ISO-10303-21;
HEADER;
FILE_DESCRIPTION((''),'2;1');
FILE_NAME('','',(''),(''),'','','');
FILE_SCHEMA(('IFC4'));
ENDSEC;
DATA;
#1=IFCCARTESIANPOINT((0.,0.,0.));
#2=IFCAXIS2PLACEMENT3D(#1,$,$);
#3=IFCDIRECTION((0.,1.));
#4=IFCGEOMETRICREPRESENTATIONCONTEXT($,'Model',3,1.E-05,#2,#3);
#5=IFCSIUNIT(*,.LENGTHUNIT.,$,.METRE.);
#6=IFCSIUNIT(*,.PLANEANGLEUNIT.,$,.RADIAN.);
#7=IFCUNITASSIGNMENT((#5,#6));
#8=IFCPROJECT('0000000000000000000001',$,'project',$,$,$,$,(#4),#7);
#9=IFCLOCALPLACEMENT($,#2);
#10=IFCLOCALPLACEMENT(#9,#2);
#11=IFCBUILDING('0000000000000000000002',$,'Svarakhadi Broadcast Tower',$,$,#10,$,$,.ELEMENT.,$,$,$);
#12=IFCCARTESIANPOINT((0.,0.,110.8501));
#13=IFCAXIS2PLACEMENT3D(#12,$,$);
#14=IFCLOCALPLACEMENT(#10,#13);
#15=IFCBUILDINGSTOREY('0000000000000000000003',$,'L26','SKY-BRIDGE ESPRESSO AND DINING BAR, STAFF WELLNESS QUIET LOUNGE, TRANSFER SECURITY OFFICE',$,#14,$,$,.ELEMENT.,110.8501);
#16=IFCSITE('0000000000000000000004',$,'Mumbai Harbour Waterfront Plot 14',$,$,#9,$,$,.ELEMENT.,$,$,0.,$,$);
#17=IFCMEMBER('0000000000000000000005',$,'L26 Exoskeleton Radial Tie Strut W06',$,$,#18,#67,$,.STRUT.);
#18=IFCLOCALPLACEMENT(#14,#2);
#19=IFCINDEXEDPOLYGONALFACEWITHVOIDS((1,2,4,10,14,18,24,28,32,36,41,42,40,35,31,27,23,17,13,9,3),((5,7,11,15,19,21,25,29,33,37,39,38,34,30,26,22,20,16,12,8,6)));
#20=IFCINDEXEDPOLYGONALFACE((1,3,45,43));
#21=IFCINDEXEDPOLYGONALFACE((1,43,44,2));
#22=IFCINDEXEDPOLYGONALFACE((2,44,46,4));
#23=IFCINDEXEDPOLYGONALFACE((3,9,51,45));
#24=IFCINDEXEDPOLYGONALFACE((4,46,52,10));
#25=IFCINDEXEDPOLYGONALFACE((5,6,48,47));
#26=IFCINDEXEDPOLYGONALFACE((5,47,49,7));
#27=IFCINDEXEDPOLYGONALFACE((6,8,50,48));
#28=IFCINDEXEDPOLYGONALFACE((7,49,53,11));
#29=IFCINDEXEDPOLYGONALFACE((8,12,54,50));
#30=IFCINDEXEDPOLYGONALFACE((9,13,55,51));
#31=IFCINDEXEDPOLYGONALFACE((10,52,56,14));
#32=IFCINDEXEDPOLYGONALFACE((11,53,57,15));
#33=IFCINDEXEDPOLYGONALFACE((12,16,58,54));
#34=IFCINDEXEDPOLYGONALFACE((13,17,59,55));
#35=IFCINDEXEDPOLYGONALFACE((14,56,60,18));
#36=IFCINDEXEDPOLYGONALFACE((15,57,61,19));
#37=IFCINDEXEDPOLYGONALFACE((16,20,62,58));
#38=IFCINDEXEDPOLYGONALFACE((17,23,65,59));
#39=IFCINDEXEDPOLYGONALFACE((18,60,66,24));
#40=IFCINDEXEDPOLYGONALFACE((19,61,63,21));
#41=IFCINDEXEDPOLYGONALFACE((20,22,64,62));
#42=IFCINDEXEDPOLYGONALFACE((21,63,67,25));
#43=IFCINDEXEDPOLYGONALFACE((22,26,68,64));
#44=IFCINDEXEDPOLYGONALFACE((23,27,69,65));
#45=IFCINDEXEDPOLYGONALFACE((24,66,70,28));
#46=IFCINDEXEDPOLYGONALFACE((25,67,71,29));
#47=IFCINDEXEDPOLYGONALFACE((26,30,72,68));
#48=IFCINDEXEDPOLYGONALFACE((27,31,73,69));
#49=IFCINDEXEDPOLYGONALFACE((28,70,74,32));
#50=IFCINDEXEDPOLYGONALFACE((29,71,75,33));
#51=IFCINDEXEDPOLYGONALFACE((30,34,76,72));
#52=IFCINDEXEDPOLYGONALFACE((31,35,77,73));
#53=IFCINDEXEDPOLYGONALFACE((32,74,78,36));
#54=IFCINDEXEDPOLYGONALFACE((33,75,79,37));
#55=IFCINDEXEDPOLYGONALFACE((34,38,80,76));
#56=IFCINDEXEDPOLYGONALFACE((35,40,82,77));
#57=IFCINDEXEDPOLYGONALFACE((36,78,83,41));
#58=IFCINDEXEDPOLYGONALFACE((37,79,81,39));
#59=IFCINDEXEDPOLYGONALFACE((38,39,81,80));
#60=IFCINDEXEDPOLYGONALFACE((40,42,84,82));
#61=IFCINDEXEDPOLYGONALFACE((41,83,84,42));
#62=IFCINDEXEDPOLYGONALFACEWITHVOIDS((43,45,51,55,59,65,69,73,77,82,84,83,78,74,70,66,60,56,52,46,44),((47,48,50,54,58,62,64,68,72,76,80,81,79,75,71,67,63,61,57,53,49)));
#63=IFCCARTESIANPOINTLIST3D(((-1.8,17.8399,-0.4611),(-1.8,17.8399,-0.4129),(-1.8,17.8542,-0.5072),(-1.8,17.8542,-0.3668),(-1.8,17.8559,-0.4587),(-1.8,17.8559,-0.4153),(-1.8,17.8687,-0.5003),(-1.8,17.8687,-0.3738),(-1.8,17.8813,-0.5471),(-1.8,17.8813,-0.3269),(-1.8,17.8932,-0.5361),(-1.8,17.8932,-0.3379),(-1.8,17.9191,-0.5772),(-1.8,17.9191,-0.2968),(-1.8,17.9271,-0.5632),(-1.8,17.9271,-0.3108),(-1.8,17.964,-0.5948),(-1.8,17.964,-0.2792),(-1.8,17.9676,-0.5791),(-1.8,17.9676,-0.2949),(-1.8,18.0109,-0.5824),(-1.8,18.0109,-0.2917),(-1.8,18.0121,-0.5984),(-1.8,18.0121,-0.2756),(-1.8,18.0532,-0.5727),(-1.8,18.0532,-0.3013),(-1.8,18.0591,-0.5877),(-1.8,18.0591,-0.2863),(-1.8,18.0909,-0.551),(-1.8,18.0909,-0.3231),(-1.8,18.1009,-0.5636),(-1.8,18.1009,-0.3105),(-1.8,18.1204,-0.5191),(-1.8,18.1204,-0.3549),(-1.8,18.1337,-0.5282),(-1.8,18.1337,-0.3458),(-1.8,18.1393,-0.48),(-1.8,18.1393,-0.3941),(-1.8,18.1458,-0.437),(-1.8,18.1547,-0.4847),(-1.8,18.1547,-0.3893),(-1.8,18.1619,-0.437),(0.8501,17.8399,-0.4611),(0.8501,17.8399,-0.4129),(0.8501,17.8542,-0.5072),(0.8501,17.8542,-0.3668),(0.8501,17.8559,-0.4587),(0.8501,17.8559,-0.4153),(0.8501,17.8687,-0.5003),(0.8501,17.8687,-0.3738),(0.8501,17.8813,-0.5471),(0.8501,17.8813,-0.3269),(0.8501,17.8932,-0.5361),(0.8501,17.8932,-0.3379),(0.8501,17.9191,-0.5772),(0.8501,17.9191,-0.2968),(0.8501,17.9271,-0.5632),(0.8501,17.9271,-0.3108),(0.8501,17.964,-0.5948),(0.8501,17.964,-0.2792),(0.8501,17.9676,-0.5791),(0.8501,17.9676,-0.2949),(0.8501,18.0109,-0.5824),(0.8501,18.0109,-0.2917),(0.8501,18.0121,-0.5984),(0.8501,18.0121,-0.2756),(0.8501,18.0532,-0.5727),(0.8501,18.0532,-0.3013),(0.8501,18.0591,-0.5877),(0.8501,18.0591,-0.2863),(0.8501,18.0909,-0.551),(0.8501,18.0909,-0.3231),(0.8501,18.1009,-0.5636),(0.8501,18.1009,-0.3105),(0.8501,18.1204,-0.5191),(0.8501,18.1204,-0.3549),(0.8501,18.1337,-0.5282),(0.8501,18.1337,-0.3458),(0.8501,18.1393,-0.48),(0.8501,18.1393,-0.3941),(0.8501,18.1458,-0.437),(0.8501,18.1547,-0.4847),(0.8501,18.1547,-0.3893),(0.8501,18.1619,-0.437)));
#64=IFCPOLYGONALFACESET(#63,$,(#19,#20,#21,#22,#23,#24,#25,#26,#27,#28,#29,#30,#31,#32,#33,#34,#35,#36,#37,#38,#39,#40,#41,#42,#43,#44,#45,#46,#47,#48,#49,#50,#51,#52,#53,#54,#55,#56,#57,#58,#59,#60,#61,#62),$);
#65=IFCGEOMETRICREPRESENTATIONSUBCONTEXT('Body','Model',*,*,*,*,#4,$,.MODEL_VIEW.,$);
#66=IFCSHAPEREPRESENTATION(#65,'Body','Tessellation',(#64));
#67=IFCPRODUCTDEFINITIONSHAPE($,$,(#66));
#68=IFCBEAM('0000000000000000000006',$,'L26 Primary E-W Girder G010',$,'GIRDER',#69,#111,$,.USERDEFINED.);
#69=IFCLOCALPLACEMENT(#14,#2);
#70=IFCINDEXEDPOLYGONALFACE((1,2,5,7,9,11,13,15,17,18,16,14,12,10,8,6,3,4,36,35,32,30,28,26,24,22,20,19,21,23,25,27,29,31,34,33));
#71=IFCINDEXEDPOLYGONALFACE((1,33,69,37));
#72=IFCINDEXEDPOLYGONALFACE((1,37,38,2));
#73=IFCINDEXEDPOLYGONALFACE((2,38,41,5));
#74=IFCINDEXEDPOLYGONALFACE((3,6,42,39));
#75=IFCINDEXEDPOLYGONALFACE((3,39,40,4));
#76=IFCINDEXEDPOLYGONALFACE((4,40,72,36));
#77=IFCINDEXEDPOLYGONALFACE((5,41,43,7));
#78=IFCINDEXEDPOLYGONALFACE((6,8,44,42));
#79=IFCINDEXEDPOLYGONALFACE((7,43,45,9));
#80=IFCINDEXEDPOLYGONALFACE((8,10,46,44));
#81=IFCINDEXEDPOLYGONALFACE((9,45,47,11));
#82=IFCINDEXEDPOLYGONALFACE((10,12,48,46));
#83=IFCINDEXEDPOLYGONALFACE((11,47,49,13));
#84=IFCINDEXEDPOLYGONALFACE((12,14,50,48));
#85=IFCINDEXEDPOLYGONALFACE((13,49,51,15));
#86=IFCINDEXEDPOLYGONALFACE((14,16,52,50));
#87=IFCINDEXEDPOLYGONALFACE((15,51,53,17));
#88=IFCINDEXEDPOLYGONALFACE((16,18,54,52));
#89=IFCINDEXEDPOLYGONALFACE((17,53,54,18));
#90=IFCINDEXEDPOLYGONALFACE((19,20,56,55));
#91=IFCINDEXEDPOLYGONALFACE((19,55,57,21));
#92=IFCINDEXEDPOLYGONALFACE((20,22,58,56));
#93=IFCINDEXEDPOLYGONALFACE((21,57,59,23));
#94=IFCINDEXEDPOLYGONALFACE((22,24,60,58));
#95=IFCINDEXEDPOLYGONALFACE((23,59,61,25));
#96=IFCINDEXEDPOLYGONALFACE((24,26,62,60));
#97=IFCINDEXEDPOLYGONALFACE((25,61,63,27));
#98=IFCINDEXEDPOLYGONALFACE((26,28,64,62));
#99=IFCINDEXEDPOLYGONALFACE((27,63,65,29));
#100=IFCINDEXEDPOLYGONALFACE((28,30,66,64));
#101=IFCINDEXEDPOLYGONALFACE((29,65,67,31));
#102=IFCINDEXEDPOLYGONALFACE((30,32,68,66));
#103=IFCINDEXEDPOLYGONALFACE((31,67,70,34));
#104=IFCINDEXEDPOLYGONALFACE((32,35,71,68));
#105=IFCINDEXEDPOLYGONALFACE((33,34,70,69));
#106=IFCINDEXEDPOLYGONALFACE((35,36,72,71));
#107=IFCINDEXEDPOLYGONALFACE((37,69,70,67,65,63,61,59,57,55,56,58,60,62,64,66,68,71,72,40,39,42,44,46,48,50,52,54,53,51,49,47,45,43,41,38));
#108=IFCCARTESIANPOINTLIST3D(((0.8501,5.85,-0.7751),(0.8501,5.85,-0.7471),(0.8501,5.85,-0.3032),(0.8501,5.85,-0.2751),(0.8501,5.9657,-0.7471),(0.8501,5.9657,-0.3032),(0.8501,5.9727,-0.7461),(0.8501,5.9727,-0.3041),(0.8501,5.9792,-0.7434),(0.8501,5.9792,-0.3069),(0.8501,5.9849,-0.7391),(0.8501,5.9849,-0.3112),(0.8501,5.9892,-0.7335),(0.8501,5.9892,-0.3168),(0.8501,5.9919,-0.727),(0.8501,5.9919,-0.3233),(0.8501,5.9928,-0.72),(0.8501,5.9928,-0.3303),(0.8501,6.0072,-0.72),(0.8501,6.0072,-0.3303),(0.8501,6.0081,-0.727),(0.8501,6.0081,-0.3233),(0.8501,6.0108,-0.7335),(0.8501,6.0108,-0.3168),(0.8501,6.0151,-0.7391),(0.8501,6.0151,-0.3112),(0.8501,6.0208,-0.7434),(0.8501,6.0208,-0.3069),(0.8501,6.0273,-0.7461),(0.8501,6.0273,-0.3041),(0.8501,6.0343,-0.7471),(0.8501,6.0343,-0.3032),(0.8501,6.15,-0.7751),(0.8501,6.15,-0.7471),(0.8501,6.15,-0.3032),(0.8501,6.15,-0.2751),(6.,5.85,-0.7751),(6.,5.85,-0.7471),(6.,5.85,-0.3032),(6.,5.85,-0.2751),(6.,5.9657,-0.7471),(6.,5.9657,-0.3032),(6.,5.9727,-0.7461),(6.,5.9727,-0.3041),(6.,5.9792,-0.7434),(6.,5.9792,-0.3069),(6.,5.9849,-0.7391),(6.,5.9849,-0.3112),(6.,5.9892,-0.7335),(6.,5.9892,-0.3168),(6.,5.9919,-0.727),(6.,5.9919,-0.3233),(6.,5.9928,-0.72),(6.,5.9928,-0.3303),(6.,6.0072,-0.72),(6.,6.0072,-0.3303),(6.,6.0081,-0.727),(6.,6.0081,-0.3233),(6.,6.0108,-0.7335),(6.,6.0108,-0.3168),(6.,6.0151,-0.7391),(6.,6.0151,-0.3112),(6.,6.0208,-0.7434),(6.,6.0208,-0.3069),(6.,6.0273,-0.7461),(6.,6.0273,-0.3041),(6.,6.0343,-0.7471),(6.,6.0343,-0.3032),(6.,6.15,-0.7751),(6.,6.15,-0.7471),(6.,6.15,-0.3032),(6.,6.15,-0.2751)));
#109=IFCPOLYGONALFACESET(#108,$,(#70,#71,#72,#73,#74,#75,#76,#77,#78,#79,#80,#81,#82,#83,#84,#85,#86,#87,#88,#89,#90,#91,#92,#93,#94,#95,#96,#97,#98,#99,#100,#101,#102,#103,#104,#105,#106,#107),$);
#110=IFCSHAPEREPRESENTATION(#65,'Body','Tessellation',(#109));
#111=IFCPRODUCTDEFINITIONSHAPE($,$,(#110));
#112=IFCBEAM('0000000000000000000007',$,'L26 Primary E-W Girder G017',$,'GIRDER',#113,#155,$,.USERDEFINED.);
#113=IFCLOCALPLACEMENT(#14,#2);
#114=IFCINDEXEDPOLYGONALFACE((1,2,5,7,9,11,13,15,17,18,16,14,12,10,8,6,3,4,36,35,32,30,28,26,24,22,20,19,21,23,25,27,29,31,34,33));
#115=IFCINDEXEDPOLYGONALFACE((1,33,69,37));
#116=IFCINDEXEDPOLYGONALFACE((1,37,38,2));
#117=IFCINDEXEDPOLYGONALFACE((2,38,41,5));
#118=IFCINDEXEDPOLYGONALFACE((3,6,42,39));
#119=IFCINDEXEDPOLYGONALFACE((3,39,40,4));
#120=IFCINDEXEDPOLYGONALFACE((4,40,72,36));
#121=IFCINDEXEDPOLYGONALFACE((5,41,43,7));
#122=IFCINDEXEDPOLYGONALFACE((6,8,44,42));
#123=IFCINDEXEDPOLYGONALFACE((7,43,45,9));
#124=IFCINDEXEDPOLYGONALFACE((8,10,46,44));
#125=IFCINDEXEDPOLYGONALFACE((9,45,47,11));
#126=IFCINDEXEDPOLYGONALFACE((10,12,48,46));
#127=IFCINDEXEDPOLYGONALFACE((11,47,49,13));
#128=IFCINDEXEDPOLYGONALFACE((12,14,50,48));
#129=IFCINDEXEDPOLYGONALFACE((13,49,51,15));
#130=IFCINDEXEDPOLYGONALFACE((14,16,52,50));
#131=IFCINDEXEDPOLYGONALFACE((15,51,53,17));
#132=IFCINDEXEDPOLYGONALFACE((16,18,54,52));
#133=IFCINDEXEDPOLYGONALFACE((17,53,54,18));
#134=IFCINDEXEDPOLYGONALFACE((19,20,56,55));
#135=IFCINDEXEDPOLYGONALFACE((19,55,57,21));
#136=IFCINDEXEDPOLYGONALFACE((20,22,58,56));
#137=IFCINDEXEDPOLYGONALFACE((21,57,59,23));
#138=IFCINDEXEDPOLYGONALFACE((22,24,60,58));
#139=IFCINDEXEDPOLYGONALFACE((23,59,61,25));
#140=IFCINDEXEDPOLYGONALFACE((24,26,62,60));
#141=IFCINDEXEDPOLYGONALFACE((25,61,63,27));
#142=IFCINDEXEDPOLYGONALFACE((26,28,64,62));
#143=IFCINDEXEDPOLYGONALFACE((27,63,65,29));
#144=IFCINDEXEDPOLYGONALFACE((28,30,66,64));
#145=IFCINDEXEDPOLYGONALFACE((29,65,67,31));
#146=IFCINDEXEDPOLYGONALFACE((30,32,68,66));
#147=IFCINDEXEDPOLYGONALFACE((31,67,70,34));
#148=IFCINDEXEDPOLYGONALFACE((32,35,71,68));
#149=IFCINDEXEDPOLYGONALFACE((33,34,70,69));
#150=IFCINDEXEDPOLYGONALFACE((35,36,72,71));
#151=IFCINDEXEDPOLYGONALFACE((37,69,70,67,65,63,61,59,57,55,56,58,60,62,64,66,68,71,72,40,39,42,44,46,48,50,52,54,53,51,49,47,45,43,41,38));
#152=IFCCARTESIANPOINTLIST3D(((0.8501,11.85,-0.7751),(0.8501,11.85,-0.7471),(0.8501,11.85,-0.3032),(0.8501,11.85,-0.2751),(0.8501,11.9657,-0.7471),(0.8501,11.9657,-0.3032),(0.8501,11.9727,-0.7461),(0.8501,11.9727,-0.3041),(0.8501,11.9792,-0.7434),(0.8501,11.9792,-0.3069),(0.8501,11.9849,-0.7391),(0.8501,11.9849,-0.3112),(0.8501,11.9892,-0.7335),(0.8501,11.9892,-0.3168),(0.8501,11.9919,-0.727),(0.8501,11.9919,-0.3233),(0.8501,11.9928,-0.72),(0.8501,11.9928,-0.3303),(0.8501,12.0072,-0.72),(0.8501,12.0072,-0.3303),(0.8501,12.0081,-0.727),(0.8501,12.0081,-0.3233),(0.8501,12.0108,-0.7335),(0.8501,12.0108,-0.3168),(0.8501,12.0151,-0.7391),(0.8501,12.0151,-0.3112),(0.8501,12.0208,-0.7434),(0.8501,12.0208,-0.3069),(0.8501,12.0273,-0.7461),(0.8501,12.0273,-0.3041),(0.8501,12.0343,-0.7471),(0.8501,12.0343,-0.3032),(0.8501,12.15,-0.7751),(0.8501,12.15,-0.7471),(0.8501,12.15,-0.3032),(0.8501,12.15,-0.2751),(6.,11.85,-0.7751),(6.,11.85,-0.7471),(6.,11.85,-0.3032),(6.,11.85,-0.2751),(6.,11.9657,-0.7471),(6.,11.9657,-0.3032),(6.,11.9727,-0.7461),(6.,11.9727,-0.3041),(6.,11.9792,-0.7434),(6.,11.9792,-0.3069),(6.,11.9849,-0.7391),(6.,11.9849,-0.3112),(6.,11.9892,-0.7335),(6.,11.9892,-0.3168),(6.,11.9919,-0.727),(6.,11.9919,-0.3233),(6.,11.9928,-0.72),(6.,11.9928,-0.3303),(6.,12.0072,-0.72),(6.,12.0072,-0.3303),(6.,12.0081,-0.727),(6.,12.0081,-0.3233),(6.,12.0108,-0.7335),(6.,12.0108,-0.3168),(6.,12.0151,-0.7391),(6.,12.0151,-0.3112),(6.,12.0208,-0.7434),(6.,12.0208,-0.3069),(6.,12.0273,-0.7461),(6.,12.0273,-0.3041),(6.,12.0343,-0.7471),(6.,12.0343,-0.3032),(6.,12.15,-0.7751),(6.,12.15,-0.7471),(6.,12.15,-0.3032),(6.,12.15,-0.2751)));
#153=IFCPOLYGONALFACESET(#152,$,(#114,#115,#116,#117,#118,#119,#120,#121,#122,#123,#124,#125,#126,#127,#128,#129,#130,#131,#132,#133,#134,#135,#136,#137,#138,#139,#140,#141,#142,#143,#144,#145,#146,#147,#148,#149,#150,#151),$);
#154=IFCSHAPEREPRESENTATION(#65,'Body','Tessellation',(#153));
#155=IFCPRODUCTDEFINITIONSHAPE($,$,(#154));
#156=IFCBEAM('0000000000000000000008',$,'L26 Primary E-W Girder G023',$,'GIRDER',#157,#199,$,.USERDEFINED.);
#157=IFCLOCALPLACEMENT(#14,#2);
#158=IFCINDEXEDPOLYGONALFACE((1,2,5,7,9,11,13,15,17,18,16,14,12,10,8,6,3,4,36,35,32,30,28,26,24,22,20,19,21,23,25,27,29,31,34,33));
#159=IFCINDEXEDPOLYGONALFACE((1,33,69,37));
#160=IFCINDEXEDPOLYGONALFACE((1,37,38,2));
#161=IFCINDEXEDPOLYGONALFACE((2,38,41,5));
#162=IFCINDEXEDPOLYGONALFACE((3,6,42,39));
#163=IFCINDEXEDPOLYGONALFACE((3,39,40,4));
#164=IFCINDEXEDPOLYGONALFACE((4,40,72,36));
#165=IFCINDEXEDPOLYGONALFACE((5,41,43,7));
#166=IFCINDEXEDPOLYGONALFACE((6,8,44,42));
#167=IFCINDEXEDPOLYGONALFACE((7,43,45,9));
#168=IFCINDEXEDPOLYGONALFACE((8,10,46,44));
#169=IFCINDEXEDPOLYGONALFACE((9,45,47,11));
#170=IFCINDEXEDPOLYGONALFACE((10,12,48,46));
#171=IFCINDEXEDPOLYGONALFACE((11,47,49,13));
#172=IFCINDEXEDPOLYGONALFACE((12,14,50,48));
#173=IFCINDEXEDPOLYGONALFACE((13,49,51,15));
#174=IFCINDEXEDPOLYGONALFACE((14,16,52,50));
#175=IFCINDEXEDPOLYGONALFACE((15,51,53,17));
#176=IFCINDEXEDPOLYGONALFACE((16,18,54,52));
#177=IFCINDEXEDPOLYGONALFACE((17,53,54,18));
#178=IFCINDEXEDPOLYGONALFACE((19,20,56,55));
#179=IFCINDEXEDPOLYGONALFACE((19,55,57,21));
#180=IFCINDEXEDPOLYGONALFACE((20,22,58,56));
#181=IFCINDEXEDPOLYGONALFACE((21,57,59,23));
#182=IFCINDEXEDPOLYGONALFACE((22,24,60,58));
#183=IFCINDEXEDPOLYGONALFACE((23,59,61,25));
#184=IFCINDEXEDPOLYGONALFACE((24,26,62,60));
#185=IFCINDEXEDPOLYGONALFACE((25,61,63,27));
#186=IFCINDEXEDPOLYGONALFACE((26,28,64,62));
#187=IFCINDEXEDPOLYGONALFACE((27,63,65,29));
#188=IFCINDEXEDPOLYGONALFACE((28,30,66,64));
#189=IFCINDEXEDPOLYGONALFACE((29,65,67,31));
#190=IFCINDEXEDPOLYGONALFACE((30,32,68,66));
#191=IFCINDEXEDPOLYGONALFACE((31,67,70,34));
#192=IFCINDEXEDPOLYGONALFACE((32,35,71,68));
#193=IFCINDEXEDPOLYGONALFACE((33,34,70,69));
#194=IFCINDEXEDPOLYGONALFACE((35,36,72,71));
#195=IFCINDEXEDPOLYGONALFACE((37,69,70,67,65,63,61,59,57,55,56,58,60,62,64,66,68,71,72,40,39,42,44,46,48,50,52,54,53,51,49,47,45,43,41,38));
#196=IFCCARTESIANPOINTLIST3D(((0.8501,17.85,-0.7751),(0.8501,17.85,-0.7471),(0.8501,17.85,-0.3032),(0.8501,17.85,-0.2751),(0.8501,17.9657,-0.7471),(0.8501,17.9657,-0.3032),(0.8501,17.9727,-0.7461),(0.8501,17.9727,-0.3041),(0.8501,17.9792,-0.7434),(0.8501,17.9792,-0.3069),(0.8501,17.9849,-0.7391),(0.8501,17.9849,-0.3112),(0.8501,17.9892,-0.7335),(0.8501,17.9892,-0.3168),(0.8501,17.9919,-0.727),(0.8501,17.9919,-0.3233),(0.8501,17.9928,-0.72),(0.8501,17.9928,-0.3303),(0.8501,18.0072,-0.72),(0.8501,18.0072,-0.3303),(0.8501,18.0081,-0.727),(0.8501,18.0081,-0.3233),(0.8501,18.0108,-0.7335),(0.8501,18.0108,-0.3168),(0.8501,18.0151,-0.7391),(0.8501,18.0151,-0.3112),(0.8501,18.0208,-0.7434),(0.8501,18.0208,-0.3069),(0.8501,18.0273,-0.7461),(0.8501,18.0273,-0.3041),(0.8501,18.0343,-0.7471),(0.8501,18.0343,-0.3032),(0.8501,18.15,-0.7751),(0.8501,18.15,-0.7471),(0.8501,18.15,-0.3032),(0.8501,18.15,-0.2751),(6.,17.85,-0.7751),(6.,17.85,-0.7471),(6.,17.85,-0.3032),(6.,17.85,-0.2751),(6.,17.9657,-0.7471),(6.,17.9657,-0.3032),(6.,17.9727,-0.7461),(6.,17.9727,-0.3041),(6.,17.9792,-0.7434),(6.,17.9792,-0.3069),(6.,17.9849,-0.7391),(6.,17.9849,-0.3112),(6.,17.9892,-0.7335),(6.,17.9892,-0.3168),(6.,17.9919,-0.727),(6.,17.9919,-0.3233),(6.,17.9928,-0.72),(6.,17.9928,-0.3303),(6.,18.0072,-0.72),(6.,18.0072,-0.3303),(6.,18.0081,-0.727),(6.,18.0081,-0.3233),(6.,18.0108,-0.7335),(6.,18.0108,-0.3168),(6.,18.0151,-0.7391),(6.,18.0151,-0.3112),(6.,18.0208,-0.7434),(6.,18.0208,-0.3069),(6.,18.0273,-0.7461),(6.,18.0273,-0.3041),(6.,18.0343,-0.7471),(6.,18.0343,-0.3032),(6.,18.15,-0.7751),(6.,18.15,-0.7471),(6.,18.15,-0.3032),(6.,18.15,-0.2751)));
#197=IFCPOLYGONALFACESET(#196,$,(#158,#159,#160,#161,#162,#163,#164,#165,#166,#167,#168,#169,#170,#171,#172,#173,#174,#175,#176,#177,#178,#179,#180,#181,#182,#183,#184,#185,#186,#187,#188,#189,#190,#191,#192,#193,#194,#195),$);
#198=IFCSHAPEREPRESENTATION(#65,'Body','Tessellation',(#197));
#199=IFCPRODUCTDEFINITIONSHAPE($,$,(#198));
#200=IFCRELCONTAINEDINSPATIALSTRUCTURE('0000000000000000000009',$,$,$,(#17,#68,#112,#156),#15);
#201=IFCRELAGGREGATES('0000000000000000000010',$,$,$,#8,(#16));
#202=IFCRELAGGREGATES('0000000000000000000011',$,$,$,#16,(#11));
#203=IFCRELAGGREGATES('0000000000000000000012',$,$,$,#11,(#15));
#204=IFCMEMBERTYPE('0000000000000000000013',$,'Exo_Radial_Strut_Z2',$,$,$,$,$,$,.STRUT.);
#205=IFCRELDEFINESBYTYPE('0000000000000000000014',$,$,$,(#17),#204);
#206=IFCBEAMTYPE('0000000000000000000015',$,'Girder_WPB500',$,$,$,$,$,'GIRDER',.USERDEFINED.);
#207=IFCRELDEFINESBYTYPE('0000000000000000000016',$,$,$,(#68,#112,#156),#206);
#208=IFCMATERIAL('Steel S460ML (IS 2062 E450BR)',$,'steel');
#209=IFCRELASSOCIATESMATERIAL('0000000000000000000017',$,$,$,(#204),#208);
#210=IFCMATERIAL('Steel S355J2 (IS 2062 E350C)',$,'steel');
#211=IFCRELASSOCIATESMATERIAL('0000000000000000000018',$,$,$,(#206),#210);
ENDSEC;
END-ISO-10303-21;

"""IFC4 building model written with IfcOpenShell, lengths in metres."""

from ifc_helpers import new_model, si_unit, direction, frame, origin, origin_2d, place, context, subcontext, project, spatial, hollow_circle, i_section, extrude, material, material_profile, profile_set, type_object, element, save


model = new_model("IFC4")

# Units and contexts
model_context = context("Model", 3, precision=1e-05, world=origin(), true_north=direction((0.0, 1.0)))
body_context = subcontext(model_context, "Body", "Model", "MODEL_VIEW")
ifc_project = project(units=[si_unit("LENGTHUNIT", "METRE"), si_unit("PLANEANGLEUNIT", "RADIAN")], contexts=[model_context])

# Site, building, storey
site_placement = place(None, origin())
site = spatial("IfcSite", under=ifc_project, at=site_placement, Name="Mumbai Harbour Waterfront Plot 14", CompositionType="ELEMENT", RefElevation=0.0)
building_placement = place(site_placement, origin())
building = spatial("IfcBuilding", under=site, at=building_placement, Name="Svarakhadi Broadcast Tower", CompositionType="ELEMENT")
storey_placement = place(building_placement, frame((0.0, 0.0, 110.8501)))
storey = spatial("IfcBuildingStorey", under=building, at=storey_placement, Name="L26", Description="SKY-BRIDGE ESPRESSO AND DINING BAR, STAFF WELLNESS QUIET LOUNGE, TRANSFER SECURITY OFFICE", CompositionType="ELEMENT", Elevation=110.8501)

# Shared definitions
ifc_material_1 = material(Name="Steel S460ML (IS 2062 E450BR)", Category="steel")

# Shared definitions
ifc_material_2 = material(Name="Steel S355J2 (IS 2062 E350C)", Category="steel")

# Member
ifc_material_profile_1 = material_profile(ifc_material_1, hollow_circle(Radius=0.1619, WallThickness=0.0161, at=origin_2d()), Name="CHS 323.9x16")
ifc_profile_set_1 = profile_set([ifc_material_profile_1], Name="Steel S460ML (IS 2062 E450BR)")
member_type_1 = type_object("IfcMemberType", Name="Exo_Radial_Strut_Z2", PredefinedType="STRUT", material=ifc_profile_set_1)
for number, where, z_axis, x_axis, name in (
    (1, (-1.8, 18.0, -0.437), (1.0, 0.0, 0.0), (0.0, 1.0, 0.0), "L26 Exoskeleton Radial Tie Strut W06"),
):
    element("IfcMember", number, at=place(storey_placement, frame(where, z_axis=z_axis, x_axis=x_axis)), inside=storey, type_object=member_type_1, Name=name, PredefinedType="STRUT", context=body_context, shape_type="SweptSolid", body=[
        extrude(hollow_circle(Radius=0.1619, WallThickness=0.0161, at=origin_2d()), origin(), (0.0, 0.0, 1.0), 2.6501),
    ])

# Beams
ifc_material_profile_2 = material_profile(ifc_material_2, i_section(OverallWidth=0.3, OverallDepth=0.5, WebThickness=0.0144, FlangeThickness=0.0281, FilletRadius=0.0271, at=origin_2d()), Name="WPB 500x300x187")
ifc_profile_set_2 = profile_set([ifc_material_profile_2], Name="Steel S355J2 (IS 2062 E350C)")
beam_type_1 = type_object("IfcBeamType", Name="Girder_WPB500", ElementType="GIRDER", PredefinedType="USERDEFINED", material=ifc_profile_set_2)
for number, where, z_axis, x_axis, name in (
    (2, (0.8501, 6.0, -0.5251), (1.0, 0.0, 0.0), (0.0, 1.0, 0.0), "L26 Primary E-W Girder G010"),
    (3, (0.8501, 12.0, -0.5251), (1.0, 0.0, 0.0), (0.0, 1.0, 0.0), "L26 Primary E-W Girder G017"),
    (4, (0.8501, 18.0, -0.5251), (1.0, 0.0, 0.0), (0.0, 1.0, 0.0), "L26 Primary E-W Girder G023"),
):
    element("IfcBeam", number, at=place(storey_placement, frame(where, z_axis=z_axis, x_axis=x_axis)), inside=storey, type_object=beam_type_1, Name=name, ObjectType="GIRDER", PredefinedType="USERDEFINED", context=body_context, shape_type="SweptSolid", body=[
        extrude(i_section(OverallWidth=0.3, OverallDepth=0.5, WebThickness=0.0144, FlangeThickness=0.0281, FilletRadius=0.0271, at=origin_2d()), origin(), (0.0, 0.0, 1.0), 5.1499),
    ])

save(model, "model.ifc")
